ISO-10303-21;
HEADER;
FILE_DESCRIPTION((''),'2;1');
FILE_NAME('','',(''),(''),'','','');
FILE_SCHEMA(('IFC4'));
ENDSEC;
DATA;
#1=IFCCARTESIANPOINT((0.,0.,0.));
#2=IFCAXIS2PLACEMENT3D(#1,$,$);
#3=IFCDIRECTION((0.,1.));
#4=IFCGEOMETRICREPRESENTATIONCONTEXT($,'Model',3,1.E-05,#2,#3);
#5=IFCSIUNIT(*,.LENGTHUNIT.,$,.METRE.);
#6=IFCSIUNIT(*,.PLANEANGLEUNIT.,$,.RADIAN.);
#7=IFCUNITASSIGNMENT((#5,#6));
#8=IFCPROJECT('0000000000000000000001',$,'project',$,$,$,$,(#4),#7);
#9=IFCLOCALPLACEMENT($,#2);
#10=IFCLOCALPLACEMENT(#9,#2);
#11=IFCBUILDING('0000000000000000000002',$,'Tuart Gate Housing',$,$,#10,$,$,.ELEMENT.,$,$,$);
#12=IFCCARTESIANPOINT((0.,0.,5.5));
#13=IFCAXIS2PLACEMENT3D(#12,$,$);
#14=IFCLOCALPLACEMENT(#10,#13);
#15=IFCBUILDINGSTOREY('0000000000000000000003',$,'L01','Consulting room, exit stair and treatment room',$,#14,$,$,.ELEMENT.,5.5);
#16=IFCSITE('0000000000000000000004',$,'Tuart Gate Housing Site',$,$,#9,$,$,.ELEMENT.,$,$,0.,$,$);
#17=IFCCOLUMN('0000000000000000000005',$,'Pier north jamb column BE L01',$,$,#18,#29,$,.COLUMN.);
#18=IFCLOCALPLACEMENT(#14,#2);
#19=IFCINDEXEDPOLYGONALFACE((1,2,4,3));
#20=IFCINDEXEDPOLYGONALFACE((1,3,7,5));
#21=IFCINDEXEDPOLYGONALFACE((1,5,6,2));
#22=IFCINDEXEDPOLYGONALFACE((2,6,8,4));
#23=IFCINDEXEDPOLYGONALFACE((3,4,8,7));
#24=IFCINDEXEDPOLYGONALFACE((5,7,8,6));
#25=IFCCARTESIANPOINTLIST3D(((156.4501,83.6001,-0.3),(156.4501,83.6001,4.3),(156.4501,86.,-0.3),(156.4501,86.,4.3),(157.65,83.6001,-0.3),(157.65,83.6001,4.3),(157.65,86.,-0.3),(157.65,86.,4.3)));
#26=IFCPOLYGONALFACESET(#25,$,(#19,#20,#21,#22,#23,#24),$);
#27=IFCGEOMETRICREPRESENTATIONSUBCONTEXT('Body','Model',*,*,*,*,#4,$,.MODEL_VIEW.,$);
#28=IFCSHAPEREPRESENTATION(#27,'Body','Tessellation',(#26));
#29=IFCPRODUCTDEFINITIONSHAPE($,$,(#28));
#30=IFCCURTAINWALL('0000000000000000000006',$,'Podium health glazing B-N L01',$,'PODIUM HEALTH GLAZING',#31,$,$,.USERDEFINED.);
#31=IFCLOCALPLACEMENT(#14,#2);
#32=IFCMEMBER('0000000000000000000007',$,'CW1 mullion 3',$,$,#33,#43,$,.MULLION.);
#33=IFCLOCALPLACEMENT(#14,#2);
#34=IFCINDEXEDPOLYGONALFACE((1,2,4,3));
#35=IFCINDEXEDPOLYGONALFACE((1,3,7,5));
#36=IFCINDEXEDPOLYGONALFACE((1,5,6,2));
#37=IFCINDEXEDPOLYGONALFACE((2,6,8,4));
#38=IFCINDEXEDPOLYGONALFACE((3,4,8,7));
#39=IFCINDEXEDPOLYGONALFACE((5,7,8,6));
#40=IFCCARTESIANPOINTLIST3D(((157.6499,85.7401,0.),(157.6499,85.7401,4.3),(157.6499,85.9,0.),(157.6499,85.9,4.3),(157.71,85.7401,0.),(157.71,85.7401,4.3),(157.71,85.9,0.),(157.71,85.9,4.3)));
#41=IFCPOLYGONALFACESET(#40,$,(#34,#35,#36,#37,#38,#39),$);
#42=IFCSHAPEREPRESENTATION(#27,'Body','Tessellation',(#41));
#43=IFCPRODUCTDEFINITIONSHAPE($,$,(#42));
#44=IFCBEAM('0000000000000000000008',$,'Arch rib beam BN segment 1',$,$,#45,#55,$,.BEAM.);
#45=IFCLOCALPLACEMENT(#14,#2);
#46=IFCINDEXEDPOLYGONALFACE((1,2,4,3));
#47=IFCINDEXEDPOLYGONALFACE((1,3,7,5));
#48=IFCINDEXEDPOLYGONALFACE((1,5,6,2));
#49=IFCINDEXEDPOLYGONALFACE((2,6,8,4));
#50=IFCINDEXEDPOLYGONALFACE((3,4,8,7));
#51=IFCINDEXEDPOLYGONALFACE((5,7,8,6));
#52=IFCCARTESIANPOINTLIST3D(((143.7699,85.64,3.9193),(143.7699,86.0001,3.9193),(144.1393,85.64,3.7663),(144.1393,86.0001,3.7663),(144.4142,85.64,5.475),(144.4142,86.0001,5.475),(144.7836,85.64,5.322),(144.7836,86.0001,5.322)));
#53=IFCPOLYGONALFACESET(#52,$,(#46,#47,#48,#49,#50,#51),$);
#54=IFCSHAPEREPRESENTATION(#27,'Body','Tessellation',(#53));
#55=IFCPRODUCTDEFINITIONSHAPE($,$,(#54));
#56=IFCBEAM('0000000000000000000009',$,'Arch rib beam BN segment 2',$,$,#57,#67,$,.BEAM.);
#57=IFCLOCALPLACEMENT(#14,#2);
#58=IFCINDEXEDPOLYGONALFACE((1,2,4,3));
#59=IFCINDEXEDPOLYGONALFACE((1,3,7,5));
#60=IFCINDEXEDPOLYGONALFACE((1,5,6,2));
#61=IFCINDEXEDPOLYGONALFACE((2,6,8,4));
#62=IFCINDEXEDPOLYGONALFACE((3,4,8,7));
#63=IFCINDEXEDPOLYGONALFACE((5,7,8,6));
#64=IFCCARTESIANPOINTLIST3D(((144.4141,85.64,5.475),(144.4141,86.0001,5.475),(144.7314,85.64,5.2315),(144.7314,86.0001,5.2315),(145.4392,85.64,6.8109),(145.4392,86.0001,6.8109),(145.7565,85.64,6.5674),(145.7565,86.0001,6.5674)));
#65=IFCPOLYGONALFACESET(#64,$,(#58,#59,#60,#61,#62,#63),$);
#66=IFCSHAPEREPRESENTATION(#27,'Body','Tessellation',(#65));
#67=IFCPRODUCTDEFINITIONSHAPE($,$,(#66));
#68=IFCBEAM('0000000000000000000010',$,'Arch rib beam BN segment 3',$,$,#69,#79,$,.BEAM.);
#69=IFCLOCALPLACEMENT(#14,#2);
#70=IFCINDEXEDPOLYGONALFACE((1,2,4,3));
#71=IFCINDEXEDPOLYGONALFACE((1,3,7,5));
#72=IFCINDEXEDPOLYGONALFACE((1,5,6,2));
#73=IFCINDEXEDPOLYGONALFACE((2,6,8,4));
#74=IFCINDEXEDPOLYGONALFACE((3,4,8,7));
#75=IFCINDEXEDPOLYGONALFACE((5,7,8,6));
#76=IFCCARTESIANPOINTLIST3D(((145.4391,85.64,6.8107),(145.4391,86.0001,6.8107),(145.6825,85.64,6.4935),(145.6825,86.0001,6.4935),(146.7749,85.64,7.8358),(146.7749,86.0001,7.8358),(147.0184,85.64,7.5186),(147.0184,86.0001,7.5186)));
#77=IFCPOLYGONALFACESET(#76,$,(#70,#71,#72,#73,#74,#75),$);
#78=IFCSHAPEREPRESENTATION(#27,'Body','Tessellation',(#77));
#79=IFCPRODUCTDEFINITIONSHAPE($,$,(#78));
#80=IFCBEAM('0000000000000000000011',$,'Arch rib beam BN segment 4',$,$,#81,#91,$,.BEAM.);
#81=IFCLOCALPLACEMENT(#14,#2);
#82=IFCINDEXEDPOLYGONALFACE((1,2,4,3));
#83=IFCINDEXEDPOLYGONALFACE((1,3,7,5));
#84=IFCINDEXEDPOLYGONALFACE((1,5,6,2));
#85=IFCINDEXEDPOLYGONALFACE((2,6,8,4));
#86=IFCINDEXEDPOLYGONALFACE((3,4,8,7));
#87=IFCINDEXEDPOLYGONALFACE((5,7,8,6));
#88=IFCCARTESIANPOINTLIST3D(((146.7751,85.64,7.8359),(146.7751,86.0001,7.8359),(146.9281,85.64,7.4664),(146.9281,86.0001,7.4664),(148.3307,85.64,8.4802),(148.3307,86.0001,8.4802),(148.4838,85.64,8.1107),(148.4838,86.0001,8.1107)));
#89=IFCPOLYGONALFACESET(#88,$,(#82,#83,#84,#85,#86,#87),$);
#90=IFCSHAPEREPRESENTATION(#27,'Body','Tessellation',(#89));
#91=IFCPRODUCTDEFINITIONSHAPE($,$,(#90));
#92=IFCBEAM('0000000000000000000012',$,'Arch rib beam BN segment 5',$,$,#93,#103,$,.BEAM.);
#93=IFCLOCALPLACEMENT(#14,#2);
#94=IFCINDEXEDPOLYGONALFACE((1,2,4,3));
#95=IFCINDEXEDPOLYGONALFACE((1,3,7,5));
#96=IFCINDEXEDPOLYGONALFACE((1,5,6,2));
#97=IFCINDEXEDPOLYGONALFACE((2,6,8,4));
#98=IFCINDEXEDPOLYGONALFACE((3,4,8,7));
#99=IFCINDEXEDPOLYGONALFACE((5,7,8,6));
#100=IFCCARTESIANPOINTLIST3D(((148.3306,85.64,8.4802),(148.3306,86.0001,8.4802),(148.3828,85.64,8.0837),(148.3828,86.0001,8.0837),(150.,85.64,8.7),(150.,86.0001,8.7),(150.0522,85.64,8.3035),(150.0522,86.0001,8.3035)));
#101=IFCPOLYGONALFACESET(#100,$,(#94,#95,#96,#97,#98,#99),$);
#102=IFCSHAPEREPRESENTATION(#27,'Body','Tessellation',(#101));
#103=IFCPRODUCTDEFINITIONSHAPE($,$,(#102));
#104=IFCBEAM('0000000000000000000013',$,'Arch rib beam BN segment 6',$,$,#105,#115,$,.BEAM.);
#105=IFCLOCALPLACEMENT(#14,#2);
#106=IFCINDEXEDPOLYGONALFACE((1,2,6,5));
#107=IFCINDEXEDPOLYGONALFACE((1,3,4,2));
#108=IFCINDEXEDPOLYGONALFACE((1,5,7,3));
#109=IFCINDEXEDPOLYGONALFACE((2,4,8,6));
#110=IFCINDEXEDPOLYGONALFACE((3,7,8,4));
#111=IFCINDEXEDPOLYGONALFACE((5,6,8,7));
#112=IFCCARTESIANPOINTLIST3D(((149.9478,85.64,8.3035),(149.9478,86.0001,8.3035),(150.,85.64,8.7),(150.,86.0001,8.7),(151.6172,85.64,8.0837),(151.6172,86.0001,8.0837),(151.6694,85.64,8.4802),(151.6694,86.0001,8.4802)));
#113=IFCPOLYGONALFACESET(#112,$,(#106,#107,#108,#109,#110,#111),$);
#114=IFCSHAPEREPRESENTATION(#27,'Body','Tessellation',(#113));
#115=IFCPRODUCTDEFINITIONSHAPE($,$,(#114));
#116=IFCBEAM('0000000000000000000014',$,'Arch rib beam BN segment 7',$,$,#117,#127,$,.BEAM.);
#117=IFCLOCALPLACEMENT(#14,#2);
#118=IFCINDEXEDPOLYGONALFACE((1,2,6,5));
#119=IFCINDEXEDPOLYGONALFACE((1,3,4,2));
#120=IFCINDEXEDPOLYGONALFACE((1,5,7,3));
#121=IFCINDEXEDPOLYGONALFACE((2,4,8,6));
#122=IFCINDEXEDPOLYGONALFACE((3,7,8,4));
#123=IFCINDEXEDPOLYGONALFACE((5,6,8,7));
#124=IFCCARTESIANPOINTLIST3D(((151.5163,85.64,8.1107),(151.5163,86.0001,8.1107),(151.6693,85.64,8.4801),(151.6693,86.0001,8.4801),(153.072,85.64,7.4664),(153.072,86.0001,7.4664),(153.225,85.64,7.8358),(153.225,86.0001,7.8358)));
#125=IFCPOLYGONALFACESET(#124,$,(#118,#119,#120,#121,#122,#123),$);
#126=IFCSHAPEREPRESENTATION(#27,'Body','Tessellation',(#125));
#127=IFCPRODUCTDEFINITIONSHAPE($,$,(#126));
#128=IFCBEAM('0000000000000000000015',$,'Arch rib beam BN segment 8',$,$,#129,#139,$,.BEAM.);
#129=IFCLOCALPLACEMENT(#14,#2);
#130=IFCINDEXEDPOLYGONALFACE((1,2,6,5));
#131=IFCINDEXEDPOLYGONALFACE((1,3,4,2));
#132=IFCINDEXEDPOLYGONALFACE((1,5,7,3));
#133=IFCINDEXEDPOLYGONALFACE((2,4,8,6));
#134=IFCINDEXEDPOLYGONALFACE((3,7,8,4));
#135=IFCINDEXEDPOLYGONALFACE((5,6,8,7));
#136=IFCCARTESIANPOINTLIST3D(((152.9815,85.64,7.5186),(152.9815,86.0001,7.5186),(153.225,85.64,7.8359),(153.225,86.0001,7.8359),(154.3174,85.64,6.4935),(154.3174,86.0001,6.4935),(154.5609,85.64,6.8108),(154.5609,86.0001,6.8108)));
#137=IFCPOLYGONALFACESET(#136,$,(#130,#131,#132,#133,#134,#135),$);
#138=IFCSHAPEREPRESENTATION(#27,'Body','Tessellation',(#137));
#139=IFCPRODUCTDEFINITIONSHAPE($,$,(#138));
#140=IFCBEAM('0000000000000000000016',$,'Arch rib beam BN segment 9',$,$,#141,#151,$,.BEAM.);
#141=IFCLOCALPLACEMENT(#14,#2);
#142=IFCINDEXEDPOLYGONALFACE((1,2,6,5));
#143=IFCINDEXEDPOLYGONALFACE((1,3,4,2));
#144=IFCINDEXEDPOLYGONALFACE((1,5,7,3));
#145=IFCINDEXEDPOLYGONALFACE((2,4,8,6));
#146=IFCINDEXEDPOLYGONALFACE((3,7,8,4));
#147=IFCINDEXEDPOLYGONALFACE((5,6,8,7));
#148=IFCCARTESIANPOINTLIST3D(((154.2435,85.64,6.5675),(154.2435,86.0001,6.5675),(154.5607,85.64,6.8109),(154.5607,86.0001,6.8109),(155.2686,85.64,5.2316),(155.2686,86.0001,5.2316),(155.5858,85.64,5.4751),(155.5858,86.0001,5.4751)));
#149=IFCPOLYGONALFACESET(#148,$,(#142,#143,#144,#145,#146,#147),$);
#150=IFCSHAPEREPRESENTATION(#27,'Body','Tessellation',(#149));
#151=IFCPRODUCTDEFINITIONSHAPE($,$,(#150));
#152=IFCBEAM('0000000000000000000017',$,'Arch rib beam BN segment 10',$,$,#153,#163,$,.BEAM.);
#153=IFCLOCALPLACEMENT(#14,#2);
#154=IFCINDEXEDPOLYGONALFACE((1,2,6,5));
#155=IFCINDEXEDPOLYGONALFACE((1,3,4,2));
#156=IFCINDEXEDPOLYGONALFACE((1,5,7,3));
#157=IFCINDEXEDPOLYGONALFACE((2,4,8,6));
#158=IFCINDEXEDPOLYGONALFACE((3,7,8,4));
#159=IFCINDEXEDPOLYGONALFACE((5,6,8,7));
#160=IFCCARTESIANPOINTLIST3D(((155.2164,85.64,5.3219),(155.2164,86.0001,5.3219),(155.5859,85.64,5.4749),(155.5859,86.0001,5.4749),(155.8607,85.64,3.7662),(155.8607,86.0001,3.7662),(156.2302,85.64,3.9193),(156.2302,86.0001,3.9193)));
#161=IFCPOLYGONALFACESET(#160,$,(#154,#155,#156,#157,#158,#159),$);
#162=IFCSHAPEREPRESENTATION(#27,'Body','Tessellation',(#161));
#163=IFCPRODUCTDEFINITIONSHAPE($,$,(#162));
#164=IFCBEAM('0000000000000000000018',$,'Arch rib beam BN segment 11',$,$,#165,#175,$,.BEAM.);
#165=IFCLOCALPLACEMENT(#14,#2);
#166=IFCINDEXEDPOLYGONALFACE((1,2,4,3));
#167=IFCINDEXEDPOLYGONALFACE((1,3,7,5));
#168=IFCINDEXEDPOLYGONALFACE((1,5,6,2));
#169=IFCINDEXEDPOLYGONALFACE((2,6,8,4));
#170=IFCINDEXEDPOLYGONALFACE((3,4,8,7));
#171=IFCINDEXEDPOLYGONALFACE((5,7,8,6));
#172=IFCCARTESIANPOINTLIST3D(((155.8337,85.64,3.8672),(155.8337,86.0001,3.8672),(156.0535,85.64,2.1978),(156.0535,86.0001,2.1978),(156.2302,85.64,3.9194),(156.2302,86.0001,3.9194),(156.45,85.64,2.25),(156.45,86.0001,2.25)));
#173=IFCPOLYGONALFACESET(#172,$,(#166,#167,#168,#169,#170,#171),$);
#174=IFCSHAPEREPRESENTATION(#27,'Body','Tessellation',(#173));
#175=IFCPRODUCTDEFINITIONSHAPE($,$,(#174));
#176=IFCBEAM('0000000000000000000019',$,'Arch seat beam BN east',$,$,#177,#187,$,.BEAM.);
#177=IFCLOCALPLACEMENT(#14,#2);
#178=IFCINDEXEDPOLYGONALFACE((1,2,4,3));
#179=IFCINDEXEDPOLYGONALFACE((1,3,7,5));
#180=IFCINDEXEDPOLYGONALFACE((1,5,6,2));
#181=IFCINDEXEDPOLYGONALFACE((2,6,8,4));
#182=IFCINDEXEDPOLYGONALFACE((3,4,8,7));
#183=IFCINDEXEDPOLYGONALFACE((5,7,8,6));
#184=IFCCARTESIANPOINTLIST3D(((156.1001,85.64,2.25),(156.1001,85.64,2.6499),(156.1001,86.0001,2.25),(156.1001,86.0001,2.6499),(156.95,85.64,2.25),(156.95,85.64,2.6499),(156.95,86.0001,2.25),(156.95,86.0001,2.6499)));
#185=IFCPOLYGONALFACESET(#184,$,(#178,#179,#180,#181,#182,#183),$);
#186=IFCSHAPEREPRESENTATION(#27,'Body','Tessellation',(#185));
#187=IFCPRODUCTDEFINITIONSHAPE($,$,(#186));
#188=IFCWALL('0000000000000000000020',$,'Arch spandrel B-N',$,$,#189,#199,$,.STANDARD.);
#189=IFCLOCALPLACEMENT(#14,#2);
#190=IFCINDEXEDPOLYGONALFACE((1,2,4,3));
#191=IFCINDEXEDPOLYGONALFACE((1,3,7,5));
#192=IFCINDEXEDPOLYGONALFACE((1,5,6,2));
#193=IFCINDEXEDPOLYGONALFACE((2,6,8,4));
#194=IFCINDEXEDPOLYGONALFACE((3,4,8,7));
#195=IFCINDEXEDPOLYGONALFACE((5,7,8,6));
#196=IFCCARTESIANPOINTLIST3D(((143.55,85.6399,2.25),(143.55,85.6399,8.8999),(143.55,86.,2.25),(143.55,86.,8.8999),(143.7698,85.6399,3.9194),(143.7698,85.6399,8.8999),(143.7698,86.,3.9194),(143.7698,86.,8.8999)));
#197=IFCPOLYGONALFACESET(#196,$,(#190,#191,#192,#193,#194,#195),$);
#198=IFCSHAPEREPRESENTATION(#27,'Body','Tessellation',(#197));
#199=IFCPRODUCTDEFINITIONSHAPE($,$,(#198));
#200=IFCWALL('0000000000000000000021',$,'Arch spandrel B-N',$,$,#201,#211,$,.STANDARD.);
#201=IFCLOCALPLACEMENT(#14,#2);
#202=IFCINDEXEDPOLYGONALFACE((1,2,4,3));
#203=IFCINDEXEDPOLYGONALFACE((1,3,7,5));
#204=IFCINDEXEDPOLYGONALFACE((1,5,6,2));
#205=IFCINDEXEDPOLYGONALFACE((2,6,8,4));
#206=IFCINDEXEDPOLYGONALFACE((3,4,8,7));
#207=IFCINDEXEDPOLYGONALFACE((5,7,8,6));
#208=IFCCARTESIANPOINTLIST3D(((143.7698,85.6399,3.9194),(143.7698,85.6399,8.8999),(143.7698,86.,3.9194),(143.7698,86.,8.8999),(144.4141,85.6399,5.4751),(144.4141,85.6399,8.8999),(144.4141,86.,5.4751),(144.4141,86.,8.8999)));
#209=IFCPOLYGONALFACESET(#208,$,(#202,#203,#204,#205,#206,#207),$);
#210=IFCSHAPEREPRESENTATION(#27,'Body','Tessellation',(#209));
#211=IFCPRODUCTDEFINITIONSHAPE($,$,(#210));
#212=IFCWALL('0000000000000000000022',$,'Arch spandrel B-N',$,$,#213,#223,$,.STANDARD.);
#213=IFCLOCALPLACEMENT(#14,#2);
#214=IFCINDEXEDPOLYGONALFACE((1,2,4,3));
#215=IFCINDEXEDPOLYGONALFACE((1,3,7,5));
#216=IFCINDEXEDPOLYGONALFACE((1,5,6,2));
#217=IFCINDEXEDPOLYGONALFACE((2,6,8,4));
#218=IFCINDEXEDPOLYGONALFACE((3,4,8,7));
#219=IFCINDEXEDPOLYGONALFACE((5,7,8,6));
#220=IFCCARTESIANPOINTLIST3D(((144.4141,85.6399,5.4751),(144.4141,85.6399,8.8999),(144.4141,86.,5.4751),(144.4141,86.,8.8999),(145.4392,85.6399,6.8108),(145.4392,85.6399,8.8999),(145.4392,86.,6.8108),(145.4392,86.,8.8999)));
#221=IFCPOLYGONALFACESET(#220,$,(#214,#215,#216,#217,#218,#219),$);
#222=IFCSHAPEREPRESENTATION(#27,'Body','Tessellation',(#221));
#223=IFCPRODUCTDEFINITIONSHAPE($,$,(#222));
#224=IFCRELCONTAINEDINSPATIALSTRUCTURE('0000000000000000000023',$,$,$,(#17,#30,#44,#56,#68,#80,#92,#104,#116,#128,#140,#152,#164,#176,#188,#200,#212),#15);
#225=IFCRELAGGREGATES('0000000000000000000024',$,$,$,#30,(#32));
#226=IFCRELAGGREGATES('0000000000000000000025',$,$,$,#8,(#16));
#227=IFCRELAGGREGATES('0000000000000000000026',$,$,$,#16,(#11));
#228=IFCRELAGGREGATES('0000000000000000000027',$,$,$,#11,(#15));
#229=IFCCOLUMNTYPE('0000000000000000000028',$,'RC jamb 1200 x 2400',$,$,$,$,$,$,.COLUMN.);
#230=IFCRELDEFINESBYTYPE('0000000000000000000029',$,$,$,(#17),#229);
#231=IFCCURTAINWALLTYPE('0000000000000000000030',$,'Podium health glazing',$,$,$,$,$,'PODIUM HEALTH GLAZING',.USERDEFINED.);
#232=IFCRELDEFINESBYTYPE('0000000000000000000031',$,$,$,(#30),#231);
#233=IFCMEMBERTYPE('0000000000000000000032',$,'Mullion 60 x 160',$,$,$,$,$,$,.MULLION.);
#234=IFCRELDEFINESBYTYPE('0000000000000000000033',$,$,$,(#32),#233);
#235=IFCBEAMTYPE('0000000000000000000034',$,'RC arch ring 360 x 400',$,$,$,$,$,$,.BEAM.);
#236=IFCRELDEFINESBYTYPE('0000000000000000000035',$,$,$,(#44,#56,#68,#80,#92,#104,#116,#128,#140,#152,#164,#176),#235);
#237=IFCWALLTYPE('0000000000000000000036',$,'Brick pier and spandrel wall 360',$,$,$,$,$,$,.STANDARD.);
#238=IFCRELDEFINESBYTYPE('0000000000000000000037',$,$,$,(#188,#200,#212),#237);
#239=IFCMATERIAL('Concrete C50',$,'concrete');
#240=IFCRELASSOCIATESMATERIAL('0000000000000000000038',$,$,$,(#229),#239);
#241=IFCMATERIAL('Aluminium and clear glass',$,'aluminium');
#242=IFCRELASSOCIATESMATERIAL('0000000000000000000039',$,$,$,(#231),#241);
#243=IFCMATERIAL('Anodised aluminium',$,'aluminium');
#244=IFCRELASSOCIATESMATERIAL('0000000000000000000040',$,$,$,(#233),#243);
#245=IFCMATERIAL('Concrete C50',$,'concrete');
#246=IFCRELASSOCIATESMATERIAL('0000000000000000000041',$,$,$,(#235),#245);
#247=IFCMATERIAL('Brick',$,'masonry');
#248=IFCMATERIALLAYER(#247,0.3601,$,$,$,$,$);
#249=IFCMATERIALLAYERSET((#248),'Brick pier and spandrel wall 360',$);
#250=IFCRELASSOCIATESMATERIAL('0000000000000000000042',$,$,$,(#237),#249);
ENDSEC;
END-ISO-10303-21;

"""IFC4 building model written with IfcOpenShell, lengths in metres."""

from ifc_helpers import new_model, si_unit, direction, frame, origin, origin_2d, place, context, subcontext, project, spatial, polyline, rectangle, outline, extrude, material, layer, layer_set, material_profile, profile_set, type_object, element, aggregate, save


model = new_model("IFC4")

# Units and contexts
model_context = context("Model", 3, precision=1e-05, world=origin(), true_north=direction((0.0, 1.0)))
body_context = subcontext(model_context, "Body", "Model", "MODEL_VIEW")
ifc_project = project(units=[si_unit("LENGTHUNIT", "METRE"), si_unit("PLANEANGLEUNIT", "RADIAN")], contexts=[model_context])

# Site, building, storey
site_placement = place(None, origin())
site = spatial("IfcSite", under=ifc_project, at=site_placement, Name="Tuart Gate Housing Site", CompositionType="ELEMENT", RefElevation=0.0)
building_placement = place(site_placement, origin())
building = spatial("IfcBuilding", under=site, at=building_placement, Name="Tuart Gate Housing", CompositionType="ELEMENT")
storey_placement = place(building_placement, frame((0.0, 0.0, 5.5)))
storey = spatial("IfcBuildingStorey", under=building, at=storey_placement, Name="L01", Description="Consulting room, exit stair and treatment room", CompositionType="ELEMENT", Elevation=5.5)

# Column
ifc_material_1 = material(Name="Concrete C50", Category="concrete")
ifc_material_profile_1 = material_profile(ifc_material_1, rectangle(XDim=1.2, YDim=2.3999, at=origin_2d()), Name="RC jamb 1200 x 2400")
ifc_profile_set_1 = profile_set([ifc_material_profile_1], Name="Concrete C50")
column_type = type_object("IfcColumnType", Name="RC jamb 1200 x 2400", PredefinedType="COLUMN", material=ifc_profile_set_1)
column_placement = place(storey_placement, frame((157.05, 84.8, -0.3), z_axis=(0.0, 0.0, 1.0), x_axis=(1.0, 0.0, 0.0)))
element("IfcColumn", 1, at=column_placement, inside=storey, type_object=column_type, Name="Pier north jamb column BE L01", PredefinedType="COLUMN", context=body_context, shape_type="SweptSolid", body=[
    extrude(rectangle(XDim=1.2, YDim=2.3999, at=origin_2d()), origin(), (0.0, 0.0, 1.0), 4.6001),
])

# Curtain wall, member
ifc_material_2 = material(Name="Aluminium and clear glass", Category="aluminium")
curtain_wall_type = type_object("IfcCurtainWallType", Name="Podium health glazing", ElementType="PODIUM HEALTH GLAZING", PredefinedType="USERDEFINED", material=ifc_material_2)
curtain_wall_placement = place(storey_placement, origin())
curtain_wall = element("IfcCurtainWall", 2, at=curtain_wall_placement, inside=storey, type_object=curtain_wall_type, Name="Podium health glazing B-N L01", ObjectType="PODIUM HEALTH GLAZING", PredefinedType="USERDEFINED")
ifc_material_3 = material(Name="Anodised aluminium", Category="aluminium")
ifc_material_profile_2 = material_profile(ifc_material_3, rectangle(XDim=0.0601, YDim=0.1599, at=origin_2d()), Name="60x160")
ifc_profile_set_2 = profile_set([ifc_material_profile_2], Name="Anodised aluminium")
member_type = type_object("IfcMemberType", Name="Mullion 60 x 160", PredefinedType="MULLION", material=ifc_profile_set_2)
member_placement = place(storey_placement, frame((157.6799, 85.8201, 0.0), z_axis=(0.0, 0.0, 1.0), x_axis=(-1.0, 0.0, 0.0)))
member = element("IfcMember", 3, at=member_placement, type_object=member_type, Name="CW1 mullion 3", PredefinedType="MULLION", context=body_context, shape_type="SweptSolid", body=[
    extrude(rectangle(XDim=0.0601, YDim=0.1599, at=origin_2d()), origin(), (0.0, 0.0, 1.0), 4.3),
])
aggregate(curtain_wall, [member])

# Beams
ifc_material_4 = material(Name="Concrete C50", Category="concrete")
ifc_material_profile_3 = material_profile(ifc_material_4, rectangle(XDim=0.3601, YDim=0.3999, at=origin_2d()), Name="RC arch ring 360 x 400")
ifc_profile_set_3 = profile_set([ifc_material_profile_3], Name="Concrete C50")
beam_type = type_object("IfcBeamType", Name="RC arch ring 360 x 400", PredefinedType="BEAM", material=ifc_profile_set_3)
for number, where, z_axis, x_axis, name in (
    (4, (143.9546, 85.8201, 3.8428), (0.382638, 0.0, 0.923898), (0.0, 1.0, 0.0), "Arch rib beam BN segment 1"),
    (5, (144.5728, 85.8201, 5.3533), (0.608778, 0.0, 0.79334), (0.0, 1.0, 0.0), "Arch rib beam BN segment 2"),
    (6, (145.5608, 85.8201, 6.6521), (0.79334, 0.0, 0.608778), (0.0, 1.0, 0.0), "Arch rib beam BN segment 3"),
    (7, (146.8516, 85.8201, 7.6511), (0.923898, 0.0, 0.382638), (0.0, 1.0, 0.0), "Arch rib beam BN segment 4"),
    (8, (148.3567, 85.8201, 8.282), (0.991449, 0.0, 0.130492), (0.0, 1.0, 0.0), "Arch rib beam BN segment 5"),
    (9, (149.9739, 85.8201, 8.5017), (0.991449, 0.0, -0.130492), (0.0, 1.0, 0.0), "Arch rib beam BN segment 6"),
    (10, (151.5928, 85.8201, 8.2954), (0.923898, 0.0, -0.382638), (0.0, 1.0, 0.0), "Arch rib beam BN segment 7"),
    (11, (153.1033, 85.8201, 7.6772), (0.79334, 0.0, -0.608778), (0.0, 1.0, 0.0), "Arch rib beam BN segment 8"),
    (12, (154.4021, 85.8201, 6.6892), (0.608778, 0.0, -0.79334), (0.0, 1.0, 0.0), "Arch rib beam BN segment 9"),
    (13, (155.4011, 85.8201, 5.3984), (0.382638, 0.0, -0.923898), (0.0, 1.0, 0.0), "Arch rib beam BN segment 10"),
    (14, (156.032, 85.8201, 3.8933), (0.130492, 0.0, -0.991449), (0.0, 1.0, 0.0), "Arch rib beam BN segment 11"),
):
    element("IfcBeam", number, at=place(storey_placement, frame(where, z_axis=z_axis, x_axis=x_axis)), inside=storey, type_object=beam_type, Name=name, PredefinedType="BEAM", context=body_context, shape_type="SweptSolid", body=[
        extrude(rectangle(XDim=0.3601, YDim=0.3999, at=origin_2d()), origin(), (0.0, 0.0, 1.0), 1.6838),
    ])
beam_placement = place(storey_placement, frame((156.1001, 85.8201, 2.45), z_axis=(1.0, 0.0, 0.0), x_axis=(0.0, 1.0, 0.0)))
element("IfcBeam", 15, at=beam_placement, inside=storey, type_object=beam_type, Name="Arch seat beam BN east", PredefinedType="BEAM", context=body_context, shape_type="SweptSolid", body=[
    extrude(rectangle(XDim=0.3601, YDim=0.3999, at=origin_2d()), origin(), (0.0, 0.0, 1.0), 0.8499),
])

# Walls
ifc_material_5 = material(Name="Brick", Category="masonry")
ifc_layer_1 = layer(ifc_material_5, 0.3601)
ifc_layer_set_1 = layer_set([ifc_layer_1], Name="Brick pier and spandrel wall 360")
wall_type_1 = type_object("IfcWallType", Name="Brick pier and spandrel wall 360", PredefinedType="STANDARD", material=ifc_layer_set_1)
wall_1_placement = place(storey_placement, frame((143.7698, 85.8201, 2.25), z_axis=(0.0, 0.0, 1.0), x_axis=(-1.0, 0.0, 0.0)))
element("IfcWall", 16, at=wall_1_placement, inside=storey, type_object=wall_type_1, Name="Arch spandrel B-N", PredefinedType="STANDARD", context=body_context, shape_type="SweptSolid", body=[
    extrude(outline(polyline([(0.0, 1.6694), (0.2197, 0.0), (0.2197, 6.6499), (0.0, 6.6499), (0.0, 1.6694)])), frame((0.0, 0.1802, 0.0), z_axis=(0.0, -1.0, 0.0), x_axis=(1.0, 0.0, 0.0)), (0.0, 0.0, 1.0), 0.3601),
])
wall_2_placement = place(storey_placement, frame((144.4141, 85.8201, 3.9194), z_axis=(0.0, 0.0, 1.0), x_axis=(-1.0, 0.0, 0.0)))
element("IfcWall", 17, at=wall_2_placement, inside=storey, type_object=wall_type_1, Name="Arch spandrel B-N", PredefinedType="STANDARD", context=body_context, shape_type="SweptSolid", body=[
    extrude(outline(polyline([(0.0, 1.5557), (0.6443, 0.0), (0.6443, 4.9805), (0.0, 4.9805), (0.0, 1.5557)])), frame((0.0, 0.1802, 0.0), z_axis=(0.0, -1.0, 0.0), x_axis=(1.0, 0.0, 0.0)), (0.0, 0.0, 1.0), 0.3601),
])
wall_3_placement = place(storey_placement, frame((145.4392, 85.8201, 5.4751), z_axis=(0.0, 0.0, 1.0), x_axis=(-1.0, 0.0, 0.0)))
element("IfcWall", 18, at=wall_3_placement, inside=storey, type_object=wall_type_1, Name="Arch spandrel B-N", PredefinedType="STANDARD", context=body_context, shape_type="SweptSolid", body=[
    extrude(outline(polyline([(0.0, 1.3357), (1.0251, 0.0), (1.0251, 3.4248), (0.0, 3.4248), (0.0, 1.3357)])), frame((0.0, 0.1802, 0.0), z_axis=(0.0, -1.0, 0.0), x_axis=(1.0, 0.0, 0.0)), (0.0, 0.0, 1.0), 0.3601),
])

save(model, "model.ifc")
